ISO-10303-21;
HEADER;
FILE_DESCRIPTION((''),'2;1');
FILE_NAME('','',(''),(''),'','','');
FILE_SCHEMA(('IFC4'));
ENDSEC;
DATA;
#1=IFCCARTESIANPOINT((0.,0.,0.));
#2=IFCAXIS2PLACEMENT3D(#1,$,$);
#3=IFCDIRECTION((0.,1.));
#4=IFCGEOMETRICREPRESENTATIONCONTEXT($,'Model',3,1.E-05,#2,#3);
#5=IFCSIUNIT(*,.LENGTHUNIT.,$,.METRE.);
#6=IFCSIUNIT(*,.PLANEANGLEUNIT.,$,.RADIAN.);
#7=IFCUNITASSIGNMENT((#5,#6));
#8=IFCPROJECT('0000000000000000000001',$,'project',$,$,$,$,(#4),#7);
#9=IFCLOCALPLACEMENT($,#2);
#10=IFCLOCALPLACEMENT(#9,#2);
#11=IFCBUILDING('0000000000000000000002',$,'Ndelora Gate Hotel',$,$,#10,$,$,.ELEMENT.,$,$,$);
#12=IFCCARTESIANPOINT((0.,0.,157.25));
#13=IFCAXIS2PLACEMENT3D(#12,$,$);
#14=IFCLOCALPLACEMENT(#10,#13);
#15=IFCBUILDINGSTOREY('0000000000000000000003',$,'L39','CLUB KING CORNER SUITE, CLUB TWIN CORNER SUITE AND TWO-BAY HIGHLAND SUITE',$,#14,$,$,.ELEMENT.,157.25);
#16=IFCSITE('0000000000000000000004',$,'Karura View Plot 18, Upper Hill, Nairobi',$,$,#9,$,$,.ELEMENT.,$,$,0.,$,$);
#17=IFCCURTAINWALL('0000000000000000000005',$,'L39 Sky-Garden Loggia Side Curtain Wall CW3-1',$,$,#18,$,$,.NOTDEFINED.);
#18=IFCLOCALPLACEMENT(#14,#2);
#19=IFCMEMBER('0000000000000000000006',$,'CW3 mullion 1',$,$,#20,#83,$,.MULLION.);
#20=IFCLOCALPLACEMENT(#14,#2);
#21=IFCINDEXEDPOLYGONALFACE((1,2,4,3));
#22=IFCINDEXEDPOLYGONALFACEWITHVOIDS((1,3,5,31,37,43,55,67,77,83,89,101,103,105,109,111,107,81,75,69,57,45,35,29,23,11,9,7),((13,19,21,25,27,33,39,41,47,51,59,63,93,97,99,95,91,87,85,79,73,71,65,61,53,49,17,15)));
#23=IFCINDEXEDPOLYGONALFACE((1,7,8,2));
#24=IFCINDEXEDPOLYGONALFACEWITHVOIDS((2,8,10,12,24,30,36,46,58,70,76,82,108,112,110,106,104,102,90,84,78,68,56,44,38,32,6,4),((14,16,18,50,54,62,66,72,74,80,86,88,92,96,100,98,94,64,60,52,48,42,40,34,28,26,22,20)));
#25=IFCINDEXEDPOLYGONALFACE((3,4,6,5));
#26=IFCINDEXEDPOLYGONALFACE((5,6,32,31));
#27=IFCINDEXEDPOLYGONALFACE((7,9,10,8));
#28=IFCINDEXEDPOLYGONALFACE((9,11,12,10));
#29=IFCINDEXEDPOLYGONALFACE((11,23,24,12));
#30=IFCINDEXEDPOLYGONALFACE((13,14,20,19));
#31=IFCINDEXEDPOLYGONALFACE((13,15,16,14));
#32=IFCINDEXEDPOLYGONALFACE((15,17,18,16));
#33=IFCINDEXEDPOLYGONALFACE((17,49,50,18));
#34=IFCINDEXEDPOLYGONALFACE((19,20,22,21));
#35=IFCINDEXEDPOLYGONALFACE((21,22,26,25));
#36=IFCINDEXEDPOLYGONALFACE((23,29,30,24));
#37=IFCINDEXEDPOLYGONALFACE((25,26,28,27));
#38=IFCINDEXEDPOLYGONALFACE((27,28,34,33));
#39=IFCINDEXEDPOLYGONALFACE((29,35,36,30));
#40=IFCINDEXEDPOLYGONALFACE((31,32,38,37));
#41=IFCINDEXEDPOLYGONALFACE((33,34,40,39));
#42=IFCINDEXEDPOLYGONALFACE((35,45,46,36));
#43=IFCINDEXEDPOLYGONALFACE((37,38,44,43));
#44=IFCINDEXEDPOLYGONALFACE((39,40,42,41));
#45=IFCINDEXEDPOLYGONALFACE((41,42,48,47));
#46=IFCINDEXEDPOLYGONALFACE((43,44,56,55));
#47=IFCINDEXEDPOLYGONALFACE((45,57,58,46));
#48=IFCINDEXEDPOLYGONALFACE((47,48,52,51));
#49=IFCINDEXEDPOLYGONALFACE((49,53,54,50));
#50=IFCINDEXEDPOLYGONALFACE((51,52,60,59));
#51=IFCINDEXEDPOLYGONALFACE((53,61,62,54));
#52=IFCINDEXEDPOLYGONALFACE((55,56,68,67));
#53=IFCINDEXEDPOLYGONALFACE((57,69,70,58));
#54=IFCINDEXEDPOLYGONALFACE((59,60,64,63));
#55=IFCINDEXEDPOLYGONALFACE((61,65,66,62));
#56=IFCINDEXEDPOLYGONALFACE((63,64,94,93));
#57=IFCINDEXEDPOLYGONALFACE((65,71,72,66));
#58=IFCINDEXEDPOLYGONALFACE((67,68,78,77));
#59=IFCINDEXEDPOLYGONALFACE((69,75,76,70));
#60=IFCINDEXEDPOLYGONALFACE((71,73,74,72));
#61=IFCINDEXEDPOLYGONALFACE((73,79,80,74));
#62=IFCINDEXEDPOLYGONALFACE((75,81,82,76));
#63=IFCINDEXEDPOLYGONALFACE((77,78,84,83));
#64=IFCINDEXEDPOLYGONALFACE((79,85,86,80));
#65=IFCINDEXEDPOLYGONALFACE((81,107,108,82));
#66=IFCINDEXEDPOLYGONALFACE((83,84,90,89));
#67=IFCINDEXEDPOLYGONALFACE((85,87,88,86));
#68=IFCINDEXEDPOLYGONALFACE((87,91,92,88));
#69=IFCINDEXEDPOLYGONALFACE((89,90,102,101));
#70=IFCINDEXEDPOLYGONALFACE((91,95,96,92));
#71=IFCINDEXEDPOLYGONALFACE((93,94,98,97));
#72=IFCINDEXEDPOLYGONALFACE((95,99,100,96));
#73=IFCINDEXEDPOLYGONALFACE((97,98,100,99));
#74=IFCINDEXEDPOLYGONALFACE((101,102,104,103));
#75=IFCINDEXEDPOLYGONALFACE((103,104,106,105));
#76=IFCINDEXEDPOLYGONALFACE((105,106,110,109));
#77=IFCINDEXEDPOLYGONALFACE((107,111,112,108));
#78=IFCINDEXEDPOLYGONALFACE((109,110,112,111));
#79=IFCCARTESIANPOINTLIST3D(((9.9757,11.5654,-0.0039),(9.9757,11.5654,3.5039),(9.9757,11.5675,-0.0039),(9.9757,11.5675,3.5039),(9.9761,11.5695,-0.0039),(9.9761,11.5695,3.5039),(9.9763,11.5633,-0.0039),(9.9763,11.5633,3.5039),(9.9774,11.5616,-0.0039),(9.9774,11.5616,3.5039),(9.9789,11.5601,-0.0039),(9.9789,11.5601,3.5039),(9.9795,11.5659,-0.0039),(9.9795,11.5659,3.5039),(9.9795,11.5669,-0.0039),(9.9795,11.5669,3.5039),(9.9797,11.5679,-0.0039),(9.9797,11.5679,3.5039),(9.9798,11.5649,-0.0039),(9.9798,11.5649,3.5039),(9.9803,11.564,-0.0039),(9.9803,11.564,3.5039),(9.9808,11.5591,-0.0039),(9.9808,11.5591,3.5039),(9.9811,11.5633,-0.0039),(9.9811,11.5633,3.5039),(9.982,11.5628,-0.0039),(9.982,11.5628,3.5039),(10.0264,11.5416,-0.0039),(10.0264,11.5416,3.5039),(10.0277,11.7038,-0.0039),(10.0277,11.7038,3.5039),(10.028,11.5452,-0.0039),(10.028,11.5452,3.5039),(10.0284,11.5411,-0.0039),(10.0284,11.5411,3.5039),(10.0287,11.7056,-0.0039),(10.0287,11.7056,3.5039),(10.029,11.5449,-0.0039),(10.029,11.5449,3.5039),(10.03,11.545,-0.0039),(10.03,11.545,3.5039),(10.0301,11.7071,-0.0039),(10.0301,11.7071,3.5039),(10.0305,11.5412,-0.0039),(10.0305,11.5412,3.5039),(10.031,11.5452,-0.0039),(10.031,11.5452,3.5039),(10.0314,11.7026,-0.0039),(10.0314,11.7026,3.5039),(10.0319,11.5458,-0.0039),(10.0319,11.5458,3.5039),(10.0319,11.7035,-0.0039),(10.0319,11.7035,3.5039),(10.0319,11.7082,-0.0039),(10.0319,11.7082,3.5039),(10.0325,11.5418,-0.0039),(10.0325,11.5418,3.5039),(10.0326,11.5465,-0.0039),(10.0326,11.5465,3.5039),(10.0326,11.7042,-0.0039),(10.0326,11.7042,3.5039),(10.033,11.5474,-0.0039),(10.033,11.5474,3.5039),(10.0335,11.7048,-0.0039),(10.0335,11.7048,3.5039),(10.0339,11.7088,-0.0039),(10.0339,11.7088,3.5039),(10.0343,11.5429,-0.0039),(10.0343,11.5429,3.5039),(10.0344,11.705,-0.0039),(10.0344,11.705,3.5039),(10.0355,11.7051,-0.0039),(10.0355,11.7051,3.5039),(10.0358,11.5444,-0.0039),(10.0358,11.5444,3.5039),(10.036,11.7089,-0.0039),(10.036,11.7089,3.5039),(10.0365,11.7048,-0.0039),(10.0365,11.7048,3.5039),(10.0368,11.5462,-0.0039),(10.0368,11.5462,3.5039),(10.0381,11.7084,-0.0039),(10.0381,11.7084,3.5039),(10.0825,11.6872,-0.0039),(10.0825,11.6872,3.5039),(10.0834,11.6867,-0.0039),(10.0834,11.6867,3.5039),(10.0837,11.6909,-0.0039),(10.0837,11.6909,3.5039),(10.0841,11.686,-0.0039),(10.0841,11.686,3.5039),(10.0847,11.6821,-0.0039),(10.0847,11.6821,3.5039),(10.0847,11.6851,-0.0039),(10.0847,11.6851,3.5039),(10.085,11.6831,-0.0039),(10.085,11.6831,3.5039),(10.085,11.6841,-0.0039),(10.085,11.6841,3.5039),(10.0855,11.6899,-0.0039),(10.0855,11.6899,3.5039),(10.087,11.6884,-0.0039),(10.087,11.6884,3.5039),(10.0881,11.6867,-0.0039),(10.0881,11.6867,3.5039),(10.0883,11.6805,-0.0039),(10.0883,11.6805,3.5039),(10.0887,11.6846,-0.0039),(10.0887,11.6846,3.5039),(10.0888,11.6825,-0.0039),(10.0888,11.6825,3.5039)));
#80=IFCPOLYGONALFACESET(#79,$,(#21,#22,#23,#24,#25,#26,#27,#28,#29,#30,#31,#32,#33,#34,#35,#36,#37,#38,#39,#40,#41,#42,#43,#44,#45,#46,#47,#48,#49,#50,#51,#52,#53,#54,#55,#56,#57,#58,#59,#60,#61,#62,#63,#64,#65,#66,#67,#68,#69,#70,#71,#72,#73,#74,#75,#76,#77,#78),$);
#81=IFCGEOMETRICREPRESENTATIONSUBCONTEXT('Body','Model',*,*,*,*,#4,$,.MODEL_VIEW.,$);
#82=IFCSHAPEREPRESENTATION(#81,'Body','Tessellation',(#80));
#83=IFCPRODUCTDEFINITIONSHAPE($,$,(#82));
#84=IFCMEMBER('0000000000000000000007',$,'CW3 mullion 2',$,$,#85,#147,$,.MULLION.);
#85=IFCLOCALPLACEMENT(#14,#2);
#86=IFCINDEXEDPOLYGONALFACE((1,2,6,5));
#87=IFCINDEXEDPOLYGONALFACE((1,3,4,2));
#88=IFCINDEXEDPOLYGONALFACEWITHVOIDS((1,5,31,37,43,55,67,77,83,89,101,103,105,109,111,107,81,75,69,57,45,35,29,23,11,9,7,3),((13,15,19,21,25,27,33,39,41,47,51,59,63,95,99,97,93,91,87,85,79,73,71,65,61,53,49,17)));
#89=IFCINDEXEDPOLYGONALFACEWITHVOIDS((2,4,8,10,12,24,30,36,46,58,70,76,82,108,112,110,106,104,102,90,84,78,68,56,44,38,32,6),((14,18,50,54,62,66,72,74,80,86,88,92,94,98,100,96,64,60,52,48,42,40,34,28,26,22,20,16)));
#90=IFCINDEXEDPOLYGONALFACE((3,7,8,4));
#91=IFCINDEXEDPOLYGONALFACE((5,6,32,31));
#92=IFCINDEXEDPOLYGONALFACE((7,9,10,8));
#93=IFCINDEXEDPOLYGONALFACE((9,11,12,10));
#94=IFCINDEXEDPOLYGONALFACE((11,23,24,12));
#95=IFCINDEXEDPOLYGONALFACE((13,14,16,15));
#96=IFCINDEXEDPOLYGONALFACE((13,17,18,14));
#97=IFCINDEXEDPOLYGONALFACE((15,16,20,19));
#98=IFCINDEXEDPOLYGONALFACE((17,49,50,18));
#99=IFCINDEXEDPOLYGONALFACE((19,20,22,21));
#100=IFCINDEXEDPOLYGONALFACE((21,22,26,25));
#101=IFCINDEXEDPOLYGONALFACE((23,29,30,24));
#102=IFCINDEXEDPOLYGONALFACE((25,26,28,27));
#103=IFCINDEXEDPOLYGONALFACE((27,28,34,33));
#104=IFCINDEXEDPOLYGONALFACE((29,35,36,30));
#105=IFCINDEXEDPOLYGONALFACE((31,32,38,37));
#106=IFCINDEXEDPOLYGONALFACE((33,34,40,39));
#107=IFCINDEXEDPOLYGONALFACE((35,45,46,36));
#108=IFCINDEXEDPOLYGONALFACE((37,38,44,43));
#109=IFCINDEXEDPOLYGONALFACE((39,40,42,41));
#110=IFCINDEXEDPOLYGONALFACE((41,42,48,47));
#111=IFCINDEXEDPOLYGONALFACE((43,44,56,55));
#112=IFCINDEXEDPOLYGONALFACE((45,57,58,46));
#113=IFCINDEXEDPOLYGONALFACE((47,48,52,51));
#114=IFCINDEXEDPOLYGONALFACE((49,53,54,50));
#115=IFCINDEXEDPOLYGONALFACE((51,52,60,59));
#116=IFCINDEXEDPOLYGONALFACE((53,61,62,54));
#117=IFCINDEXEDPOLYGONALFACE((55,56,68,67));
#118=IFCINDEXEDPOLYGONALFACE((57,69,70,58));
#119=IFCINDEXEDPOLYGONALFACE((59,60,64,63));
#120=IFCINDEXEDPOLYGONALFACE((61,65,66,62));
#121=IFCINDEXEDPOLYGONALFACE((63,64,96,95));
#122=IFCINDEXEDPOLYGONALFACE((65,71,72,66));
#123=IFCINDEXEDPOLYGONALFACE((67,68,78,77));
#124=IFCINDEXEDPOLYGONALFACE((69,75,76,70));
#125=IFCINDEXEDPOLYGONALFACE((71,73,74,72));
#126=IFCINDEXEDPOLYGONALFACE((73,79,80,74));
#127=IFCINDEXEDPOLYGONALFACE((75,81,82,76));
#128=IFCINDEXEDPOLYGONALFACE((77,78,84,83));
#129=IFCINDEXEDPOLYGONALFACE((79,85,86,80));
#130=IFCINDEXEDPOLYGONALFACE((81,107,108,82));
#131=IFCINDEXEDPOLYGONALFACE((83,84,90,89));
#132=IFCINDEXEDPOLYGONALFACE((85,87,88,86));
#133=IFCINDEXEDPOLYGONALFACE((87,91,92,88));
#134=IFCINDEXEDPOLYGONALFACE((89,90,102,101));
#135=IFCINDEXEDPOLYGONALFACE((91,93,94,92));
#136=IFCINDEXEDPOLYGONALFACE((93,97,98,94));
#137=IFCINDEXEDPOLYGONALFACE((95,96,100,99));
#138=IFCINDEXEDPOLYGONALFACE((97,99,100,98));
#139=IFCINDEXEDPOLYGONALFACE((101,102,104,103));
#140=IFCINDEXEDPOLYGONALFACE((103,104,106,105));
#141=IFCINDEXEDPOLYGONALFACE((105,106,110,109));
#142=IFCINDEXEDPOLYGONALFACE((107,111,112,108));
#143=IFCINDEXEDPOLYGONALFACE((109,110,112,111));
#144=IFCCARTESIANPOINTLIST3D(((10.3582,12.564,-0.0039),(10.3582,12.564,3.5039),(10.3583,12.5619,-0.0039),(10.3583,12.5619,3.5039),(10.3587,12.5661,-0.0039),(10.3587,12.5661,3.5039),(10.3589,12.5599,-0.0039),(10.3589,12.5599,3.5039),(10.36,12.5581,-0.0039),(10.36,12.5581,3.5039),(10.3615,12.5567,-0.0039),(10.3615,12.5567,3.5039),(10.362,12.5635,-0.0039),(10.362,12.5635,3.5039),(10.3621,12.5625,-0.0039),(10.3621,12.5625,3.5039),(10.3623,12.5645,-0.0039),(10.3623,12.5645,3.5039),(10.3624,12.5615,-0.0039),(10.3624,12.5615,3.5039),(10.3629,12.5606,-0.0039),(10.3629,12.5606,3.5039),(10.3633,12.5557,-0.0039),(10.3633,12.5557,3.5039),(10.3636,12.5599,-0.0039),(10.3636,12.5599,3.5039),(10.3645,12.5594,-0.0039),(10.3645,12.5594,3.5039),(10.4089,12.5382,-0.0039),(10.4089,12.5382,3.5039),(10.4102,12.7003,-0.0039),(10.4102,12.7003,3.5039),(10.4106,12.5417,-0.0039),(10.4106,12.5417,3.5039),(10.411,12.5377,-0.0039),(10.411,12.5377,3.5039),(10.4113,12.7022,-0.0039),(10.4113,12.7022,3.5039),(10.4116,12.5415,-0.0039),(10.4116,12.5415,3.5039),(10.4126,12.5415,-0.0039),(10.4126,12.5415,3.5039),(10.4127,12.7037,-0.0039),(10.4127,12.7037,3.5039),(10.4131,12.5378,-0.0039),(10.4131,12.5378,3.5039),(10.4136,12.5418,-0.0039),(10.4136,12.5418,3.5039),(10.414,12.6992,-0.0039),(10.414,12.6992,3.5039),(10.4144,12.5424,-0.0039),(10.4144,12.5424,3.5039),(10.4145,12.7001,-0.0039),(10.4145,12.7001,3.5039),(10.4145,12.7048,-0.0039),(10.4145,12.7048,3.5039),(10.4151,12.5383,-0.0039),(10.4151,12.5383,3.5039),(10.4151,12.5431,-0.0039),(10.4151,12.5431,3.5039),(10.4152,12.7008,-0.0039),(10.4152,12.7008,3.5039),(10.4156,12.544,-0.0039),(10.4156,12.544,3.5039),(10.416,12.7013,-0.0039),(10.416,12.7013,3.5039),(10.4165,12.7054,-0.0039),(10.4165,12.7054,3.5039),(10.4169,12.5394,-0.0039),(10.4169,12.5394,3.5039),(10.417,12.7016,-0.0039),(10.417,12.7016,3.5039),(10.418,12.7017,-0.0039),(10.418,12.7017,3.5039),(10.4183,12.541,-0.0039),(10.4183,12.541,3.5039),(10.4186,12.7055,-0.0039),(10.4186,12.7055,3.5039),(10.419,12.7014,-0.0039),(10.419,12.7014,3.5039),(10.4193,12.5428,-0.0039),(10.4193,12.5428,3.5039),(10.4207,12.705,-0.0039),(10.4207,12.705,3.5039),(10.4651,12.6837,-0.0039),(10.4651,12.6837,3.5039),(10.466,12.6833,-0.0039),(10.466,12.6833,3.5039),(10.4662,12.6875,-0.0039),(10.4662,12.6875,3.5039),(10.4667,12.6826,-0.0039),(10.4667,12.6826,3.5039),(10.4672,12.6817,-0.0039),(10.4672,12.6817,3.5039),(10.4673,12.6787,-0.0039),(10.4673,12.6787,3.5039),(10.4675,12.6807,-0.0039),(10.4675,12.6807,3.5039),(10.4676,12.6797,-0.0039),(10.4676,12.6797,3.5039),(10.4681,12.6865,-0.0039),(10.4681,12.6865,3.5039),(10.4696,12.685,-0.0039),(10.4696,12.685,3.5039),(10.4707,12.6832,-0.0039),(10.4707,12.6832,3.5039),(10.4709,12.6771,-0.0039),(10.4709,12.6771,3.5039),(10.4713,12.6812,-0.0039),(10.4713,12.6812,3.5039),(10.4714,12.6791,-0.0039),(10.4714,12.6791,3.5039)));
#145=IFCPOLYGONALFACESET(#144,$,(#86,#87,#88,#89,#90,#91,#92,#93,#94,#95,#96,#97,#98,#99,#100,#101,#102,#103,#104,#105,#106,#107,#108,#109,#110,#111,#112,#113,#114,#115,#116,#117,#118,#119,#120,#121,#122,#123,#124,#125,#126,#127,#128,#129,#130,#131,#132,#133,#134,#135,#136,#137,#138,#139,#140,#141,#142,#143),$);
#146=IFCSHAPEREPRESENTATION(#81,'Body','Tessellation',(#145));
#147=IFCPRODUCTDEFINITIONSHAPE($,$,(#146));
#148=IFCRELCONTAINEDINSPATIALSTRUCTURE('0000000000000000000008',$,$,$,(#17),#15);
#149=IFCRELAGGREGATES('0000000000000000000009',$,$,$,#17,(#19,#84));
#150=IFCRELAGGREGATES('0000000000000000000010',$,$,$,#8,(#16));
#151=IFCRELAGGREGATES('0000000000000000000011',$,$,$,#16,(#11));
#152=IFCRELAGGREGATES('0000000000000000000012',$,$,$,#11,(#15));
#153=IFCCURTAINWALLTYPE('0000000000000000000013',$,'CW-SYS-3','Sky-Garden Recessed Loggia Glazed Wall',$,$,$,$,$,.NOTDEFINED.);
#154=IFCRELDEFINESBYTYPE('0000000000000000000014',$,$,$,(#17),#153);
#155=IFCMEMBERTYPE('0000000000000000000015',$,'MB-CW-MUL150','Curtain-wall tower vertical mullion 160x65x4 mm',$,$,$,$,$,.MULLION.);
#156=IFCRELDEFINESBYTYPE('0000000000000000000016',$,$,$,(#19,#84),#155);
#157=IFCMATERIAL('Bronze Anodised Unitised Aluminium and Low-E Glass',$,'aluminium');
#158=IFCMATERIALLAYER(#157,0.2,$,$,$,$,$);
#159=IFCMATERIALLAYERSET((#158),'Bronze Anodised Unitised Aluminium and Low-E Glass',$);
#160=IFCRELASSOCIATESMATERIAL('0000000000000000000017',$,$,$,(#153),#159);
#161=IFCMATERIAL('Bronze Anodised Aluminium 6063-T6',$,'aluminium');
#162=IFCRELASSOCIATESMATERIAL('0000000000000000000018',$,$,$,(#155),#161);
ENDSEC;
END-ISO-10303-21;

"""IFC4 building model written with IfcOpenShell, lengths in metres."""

from ifc_helpers import new_model, si_unit, direction, frame, origin, origin_2d, place, context, subcontext, project, spatial, hollow_rectangle, extrude, material, layer, layer_set, material_profile, profile_set, type_object, element, aggregate, save


model = new_model("IFC4")

# Units and contexts
model_context = context("Model", 3, precision=1e-05, world=origin(), true_north=direction((0.0, 1.0)))
body_context = subcontext(model_context, "Body", "Model", "MODEL_VIEW")
ifc_project = project(units=[si_unit("LENGTHUNIT", "METRE"), si_unit("PLANEANGLEUNIT", "RADIAN")], contexts=[model_context])

# Site, building, storey
site_placement = place(None, origin())
site = spatial("IfcSite", under=ifc_project, at=site_placement, Name="Karura View Plot 18, Upper Hill, Nairobi", CompositionType="ELEMENT", RefElevation=0.0)
building_placement = place(site_placement, origin())
building = spatial("IfcBuilding", under=site, at=building_placement, Name="Ndelora Gate Hotel", CompositionType="ELEMENT")
storey_placement = place(building_placement, frame((0.0, 0.0, 157.25)))
storey = spatial("IfcBuildingStorey", under=building, at=storey_placement, Name="L39", Description="CLUB KING CORNER SUITE, CLUB TWIN CORNER SUITE AND TWO-BAY HIGHLAND SUITE", CompositionType="ELEMENT", Elevation=157.25)

# Curtain wall, members
ifc_material_1 = material(Name="Bronze Anodised Unitised Aluminium and Low-E Glass", Category="aluminium")
ifc_layer_1 = layer(ifc_material_1, 0.2)
ifc_layer_set_1 = layer_set([ifc_layer_1], Name="Bronze Anodised Unitised Aluminium and Low-E Glass")
curtain_wall_type = type_object("IfcCurtainWallType", Name="CW-SYS-3", Description="Sky-Garden Recessed Loggia Glazed Wall", PredefinedType="NOTDEFINED", material=ifc_layer_set_1)
curtain_wall_placement = place(storey_placement, origin())
curtain_wall = element("IfcCurtainWall", 1, at=curtain_wall_placement, inside=storey, type_object=curtain_wall_type, Name="L39 Sky-Garden Loggia Side Curtain Wall CW3-1", PredefinedType="NOTDEFINED")
ifc_material_2 = material(Name="Bronze Anodised Aluminium 6063-T6", Category="aluminium")
ifc_material_profile_1 = material_profile(ifc_material_2, hollow_rectangle(XDim=0.0649, YDim=0.1599, WallThickness=0.0039, InnerFilletRadius=0.0039, OuterFilletRadius=0.0081, at=origin_2d()), Name="ALU 160x65x4")
ifc_profile_set_1 = profile_set([ifc_material_profile_1], Name="Bronze Anodised Aluminium 6063-T6")
member_type_1 = type_object("IfcMemberType", Name="MB-CW-MUL150", Description="Curtain-wall tower vertical mullion 160x65x4 mm", PredefinedType="MULLION", material=ifc_profile_set_1)
member_1_placement = place(storey_placement, frame((10.0322, 11.625, -0.0039), z_axis=(0.0, 0.0, 1.0), x_axis=(-0.933583, 0.358361, 0.0)))
member_1 = element("IfcMember", 2, at=member_1_placement, type_object=member_type_1, Name="CW3 mullion 1", PredefinedType="MULLION", context=body_context, shape_type="SweptSolid", body=[
    extrude(hollow_rectangle(XDim=0.0649, YDim=0.1599, WallThickness=0.0039, InnerFilletRadius=0.0039, OuterFilletRadius=0.0081, at=origin_2d()), origin(), (0.0, 0.0, 1.0), 3.5078),
])
member_2_placement = place(storey_placement, frame((10.4148, 12.6216, -0.0039), z_axis=(0.0, 0.0, 1.0), x_axis=(-0.933583, 0.358361, 0.0)))
member_2 = element("IfcMember", 3, at=member_2_placement, type_object=member_type_1, Name="CW3 mullion 2", PredefinedType="MULLION", context=body_context, shape_type="SweptSolid", body=[
    extrude(hollow_rectangle(XDim=0.0649, YDim=0.1599, WallThickness=0.0039, InnerFilletRadius=0.0039, OuterFilletRadius=0.0081, at=origin_2d()), origin(), (0.0, 0.0, 1.0), 3.5078),
])
aggregate(curtain_wall, [member_1, member_2])

save(model, "model.ifc")
